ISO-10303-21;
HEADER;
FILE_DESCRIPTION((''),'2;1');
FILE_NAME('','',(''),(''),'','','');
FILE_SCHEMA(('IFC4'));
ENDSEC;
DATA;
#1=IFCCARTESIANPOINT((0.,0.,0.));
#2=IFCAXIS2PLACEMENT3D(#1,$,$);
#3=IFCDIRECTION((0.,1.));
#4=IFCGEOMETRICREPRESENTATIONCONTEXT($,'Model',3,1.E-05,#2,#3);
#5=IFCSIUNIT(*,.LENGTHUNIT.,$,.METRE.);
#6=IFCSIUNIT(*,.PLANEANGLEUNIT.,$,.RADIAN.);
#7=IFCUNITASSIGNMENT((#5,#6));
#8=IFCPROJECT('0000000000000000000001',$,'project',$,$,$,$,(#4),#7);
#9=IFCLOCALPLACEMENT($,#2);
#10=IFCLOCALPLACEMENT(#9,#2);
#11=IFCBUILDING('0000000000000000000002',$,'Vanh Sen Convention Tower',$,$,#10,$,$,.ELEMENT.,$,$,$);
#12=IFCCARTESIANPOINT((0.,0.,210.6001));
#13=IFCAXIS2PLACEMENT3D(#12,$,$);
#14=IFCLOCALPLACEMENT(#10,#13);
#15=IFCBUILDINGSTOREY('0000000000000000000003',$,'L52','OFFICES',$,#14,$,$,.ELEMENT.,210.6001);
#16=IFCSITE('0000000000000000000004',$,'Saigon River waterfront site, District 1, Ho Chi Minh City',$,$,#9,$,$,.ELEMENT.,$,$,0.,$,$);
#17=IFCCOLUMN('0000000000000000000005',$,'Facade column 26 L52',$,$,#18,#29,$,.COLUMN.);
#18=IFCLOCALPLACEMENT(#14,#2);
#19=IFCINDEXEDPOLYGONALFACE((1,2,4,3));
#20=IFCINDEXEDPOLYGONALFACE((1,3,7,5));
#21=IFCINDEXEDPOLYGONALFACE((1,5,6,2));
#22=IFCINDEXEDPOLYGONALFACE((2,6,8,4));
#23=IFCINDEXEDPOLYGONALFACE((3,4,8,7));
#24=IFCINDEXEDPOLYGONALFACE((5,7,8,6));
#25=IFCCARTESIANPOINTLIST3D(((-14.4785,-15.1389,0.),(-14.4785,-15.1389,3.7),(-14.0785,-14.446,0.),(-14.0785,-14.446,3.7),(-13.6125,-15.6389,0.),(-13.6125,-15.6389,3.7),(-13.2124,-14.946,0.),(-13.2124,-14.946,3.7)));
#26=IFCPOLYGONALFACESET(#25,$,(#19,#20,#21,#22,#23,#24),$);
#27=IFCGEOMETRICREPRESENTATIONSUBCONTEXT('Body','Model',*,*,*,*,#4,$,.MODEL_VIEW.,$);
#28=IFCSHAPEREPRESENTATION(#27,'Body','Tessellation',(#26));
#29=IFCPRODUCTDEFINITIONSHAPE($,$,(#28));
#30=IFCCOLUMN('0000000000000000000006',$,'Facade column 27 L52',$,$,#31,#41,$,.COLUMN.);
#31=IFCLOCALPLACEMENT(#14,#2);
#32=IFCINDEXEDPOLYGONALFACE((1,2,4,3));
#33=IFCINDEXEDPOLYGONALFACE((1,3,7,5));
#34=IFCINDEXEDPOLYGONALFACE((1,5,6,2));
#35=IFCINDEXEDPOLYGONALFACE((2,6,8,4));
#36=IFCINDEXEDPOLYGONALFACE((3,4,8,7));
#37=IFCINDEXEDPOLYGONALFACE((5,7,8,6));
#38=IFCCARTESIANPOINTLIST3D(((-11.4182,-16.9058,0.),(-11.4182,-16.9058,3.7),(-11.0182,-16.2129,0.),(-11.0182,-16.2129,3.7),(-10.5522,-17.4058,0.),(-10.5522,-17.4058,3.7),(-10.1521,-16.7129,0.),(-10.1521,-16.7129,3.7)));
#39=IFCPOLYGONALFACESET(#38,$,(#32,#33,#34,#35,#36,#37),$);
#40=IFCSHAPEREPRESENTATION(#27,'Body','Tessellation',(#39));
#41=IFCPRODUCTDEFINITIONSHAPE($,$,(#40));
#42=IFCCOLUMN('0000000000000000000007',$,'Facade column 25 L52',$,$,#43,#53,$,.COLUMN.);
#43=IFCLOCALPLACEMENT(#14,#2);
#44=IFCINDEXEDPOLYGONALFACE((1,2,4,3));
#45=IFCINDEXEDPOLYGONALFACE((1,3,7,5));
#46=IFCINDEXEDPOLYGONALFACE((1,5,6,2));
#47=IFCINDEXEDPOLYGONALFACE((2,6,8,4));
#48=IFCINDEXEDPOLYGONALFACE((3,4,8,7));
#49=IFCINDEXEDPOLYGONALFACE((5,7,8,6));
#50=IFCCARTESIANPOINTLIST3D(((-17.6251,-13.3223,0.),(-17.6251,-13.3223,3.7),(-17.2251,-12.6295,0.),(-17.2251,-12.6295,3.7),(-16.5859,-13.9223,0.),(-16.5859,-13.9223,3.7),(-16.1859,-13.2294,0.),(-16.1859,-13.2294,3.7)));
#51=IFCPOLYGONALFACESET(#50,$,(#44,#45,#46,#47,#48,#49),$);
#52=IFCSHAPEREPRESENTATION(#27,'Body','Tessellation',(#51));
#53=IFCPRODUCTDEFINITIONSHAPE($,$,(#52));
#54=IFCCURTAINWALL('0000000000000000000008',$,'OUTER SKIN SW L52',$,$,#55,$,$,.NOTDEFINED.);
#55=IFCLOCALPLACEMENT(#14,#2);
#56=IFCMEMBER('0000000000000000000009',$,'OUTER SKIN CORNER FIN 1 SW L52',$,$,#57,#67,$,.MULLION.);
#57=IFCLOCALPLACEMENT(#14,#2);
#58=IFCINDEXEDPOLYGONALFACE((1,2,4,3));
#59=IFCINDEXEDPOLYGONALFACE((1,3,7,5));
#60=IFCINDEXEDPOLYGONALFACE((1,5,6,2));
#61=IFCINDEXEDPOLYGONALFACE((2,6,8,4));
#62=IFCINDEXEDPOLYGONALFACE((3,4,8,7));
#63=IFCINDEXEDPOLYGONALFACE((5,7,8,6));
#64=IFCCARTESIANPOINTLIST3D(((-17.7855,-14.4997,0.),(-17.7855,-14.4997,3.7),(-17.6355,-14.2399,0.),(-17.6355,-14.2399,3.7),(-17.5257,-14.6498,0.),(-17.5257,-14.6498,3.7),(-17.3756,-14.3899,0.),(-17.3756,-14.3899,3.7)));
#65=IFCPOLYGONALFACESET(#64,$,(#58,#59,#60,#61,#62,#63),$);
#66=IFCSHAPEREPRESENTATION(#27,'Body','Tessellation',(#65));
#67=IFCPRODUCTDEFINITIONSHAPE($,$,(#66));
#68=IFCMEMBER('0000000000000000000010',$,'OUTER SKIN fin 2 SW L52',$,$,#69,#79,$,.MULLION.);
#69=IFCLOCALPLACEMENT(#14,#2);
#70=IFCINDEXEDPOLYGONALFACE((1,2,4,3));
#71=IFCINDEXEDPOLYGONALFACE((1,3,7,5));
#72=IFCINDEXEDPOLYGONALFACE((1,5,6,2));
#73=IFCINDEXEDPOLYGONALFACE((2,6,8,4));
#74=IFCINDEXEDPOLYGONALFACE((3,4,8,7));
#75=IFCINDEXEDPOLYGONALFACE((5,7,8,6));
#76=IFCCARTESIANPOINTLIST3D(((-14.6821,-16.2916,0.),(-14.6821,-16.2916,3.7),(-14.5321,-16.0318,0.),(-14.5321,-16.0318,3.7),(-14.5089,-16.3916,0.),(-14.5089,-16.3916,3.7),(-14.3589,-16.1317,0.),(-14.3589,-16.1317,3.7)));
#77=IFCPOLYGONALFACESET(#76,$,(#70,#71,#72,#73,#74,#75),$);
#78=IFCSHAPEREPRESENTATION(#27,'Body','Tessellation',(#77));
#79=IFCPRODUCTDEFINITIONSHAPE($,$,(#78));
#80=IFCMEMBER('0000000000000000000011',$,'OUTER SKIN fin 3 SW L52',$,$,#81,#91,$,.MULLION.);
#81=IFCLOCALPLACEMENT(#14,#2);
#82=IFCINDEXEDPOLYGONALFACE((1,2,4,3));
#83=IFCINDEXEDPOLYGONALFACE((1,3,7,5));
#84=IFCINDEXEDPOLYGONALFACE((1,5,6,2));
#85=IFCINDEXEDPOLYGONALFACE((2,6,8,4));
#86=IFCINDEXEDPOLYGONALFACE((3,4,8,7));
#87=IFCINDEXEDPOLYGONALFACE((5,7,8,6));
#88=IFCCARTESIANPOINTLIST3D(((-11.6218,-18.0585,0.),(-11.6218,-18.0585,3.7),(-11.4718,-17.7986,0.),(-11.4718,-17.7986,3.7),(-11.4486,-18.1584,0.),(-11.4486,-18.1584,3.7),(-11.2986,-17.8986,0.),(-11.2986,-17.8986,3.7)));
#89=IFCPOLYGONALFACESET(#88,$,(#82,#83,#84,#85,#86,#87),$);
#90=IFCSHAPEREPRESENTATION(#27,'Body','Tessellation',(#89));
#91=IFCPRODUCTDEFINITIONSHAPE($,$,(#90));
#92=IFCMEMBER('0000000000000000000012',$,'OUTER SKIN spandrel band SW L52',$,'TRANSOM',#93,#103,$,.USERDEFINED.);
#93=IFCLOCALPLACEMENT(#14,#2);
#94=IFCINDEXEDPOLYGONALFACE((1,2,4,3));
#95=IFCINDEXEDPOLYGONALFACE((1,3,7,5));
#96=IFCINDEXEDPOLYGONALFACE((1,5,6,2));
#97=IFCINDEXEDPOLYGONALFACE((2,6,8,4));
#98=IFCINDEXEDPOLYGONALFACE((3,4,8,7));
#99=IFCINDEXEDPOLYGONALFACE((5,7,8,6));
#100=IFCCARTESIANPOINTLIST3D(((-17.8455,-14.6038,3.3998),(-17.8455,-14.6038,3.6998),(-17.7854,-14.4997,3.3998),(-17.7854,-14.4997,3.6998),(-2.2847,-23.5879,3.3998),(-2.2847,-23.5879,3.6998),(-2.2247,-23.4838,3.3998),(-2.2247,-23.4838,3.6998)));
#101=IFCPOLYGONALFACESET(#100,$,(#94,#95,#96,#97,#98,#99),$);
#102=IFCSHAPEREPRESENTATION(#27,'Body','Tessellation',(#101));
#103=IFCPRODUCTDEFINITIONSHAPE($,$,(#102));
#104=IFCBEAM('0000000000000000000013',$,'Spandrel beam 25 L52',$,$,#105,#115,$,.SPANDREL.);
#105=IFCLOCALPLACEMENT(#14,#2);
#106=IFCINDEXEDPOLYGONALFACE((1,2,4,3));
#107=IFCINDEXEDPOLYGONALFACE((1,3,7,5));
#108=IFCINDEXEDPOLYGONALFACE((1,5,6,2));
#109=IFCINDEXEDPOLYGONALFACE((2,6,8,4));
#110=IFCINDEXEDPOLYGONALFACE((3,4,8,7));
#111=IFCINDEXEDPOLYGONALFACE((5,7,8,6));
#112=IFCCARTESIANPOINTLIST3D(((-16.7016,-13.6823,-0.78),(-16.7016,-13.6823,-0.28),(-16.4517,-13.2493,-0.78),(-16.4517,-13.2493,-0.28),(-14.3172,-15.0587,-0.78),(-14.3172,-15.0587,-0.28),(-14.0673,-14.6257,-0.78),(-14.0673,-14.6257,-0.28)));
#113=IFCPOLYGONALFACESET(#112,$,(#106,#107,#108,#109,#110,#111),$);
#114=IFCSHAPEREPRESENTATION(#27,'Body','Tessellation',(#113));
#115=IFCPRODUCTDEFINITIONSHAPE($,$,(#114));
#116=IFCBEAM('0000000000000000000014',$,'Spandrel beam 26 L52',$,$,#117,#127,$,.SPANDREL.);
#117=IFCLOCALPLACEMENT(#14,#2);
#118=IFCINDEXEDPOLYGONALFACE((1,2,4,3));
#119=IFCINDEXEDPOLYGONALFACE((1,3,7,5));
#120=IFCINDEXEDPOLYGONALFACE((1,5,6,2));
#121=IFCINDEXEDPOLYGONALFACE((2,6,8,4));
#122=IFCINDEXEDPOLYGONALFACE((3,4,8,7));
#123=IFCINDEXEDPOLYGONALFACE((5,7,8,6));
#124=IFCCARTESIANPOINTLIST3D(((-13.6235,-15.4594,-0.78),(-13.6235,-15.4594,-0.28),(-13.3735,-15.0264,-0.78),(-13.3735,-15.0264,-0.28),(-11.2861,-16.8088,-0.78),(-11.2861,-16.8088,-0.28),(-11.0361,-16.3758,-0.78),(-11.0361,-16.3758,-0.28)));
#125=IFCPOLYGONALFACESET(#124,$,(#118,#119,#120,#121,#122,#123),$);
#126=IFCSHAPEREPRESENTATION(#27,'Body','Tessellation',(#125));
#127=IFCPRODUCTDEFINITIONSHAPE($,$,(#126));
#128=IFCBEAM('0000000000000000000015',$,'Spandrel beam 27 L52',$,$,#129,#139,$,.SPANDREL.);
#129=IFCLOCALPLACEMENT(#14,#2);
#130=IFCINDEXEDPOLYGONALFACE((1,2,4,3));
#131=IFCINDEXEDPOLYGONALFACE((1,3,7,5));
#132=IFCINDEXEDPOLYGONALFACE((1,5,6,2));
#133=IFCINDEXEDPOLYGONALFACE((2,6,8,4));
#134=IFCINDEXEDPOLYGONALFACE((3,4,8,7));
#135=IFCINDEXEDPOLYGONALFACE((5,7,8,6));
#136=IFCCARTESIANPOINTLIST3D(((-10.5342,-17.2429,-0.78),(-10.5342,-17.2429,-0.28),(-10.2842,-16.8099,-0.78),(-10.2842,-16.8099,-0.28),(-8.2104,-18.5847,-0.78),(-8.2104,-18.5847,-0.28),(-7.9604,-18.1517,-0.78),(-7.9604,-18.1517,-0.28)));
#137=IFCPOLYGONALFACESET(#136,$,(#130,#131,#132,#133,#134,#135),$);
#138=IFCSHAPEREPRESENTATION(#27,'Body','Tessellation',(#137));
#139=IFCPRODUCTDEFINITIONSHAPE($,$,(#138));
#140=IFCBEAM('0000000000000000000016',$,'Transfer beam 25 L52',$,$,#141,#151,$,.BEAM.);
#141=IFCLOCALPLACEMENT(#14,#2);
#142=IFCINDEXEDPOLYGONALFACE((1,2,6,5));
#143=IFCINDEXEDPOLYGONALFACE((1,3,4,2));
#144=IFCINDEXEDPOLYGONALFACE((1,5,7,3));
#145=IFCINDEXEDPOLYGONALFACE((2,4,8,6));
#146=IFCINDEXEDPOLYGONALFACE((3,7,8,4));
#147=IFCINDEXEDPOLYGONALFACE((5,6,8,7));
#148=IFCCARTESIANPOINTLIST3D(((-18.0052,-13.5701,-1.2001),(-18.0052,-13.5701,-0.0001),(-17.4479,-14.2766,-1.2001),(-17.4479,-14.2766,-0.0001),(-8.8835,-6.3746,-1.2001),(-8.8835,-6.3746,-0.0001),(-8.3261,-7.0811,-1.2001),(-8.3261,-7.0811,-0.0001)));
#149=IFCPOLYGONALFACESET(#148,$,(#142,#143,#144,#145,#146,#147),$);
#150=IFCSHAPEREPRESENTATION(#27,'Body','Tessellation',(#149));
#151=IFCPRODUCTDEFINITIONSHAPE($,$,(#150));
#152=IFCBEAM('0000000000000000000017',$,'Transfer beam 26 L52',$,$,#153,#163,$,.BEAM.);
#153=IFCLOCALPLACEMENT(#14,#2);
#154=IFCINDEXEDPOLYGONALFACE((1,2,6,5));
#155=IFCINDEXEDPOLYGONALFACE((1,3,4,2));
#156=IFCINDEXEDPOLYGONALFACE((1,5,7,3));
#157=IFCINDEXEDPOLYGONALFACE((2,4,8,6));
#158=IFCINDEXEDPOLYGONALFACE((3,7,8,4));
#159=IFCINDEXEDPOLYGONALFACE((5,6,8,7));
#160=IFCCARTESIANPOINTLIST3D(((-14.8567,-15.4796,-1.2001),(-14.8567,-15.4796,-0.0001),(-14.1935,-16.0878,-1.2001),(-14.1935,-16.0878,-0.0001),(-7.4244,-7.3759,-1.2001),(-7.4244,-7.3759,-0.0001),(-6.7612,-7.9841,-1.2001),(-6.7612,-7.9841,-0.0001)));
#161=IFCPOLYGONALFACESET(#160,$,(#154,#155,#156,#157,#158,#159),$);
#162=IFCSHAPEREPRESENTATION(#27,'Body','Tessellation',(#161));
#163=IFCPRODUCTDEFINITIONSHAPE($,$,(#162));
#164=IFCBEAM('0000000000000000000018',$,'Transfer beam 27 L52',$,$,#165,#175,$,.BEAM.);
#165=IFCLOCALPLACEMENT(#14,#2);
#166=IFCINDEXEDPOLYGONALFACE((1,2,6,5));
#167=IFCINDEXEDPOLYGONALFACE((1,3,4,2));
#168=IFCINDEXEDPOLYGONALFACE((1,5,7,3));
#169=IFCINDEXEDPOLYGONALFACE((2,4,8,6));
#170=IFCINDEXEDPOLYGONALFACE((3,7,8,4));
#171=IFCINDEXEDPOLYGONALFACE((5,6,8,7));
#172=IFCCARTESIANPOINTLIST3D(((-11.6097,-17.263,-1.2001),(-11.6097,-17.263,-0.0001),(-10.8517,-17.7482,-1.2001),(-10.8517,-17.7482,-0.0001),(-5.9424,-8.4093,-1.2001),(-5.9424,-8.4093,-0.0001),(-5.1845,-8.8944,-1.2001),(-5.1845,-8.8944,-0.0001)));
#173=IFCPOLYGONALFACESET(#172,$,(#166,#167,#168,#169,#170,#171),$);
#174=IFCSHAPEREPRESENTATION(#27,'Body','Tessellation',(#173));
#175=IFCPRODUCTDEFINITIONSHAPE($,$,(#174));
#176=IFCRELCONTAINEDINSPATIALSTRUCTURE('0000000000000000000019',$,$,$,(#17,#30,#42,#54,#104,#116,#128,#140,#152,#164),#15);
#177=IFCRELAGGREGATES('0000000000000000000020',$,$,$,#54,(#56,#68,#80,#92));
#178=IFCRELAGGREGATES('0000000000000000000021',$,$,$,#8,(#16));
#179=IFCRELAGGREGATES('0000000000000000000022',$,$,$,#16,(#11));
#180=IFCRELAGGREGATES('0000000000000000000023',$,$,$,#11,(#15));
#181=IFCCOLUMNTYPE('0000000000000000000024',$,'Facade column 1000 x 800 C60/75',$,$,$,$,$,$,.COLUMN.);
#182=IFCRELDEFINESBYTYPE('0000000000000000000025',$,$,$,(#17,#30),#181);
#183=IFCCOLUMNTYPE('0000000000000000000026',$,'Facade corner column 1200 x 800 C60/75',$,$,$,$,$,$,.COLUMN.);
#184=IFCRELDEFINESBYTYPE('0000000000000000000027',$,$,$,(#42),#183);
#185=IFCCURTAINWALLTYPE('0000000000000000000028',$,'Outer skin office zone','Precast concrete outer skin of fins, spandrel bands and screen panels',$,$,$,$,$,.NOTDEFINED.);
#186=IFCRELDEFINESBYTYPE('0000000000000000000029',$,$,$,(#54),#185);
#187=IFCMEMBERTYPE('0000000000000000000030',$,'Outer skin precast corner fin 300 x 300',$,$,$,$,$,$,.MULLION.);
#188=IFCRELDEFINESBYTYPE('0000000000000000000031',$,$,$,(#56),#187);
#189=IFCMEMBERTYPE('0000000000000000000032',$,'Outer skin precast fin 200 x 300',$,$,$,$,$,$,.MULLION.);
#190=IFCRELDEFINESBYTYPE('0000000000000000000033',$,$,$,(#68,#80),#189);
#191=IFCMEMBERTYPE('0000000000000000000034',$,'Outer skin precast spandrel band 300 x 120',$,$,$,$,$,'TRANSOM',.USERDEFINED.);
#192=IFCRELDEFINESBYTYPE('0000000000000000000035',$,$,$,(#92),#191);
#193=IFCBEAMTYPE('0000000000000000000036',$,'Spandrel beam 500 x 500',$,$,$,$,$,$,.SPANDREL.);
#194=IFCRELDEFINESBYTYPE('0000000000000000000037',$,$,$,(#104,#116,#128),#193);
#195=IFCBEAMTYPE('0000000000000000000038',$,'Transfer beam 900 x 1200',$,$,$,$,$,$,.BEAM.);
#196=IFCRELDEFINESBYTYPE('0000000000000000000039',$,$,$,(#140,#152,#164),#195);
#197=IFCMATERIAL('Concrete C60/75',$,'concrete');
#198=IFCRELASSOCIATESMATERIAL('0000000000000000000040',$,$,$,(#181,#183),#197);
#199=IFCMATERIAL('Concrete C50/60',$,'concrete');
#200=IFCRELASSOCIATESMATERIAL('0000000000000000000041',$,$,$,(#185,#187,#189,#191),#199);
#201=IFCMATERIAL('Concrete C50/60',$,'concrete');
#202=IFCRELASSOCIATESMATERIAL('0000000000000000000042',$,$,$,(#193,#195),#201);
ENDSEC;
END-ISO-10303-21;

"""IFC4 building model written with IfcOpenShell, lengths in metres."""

from ifc_helpers import new_model, si_unit, direction, frame, origin, origin_2d, place, context, subcontext, project, spatial, rectangle, extrude, material, material_profile, profile_set, type_object, element, aggregate, save


model = new_model("IFC4")

# Units and contexts
model_context = context("Model", 3, precision=1e-05, world=origin(), true_north=direction((0.0, 1.0)))
body_context = subcontext(model_context, "Body", "Model", "MODEL_VIEW")
ifc_project = project(units=[si_unit("LENGTHUNIT", "METRE"), si_unit("PLANEANGLEUNIT", "RADIAN")], contexts=[model_context])

# Site, building, storey
site_placement = place(None, origin())
site = spatial("IfcSite", under=ifc_project, at=site_placement, Name="Saigon River waterfront site, District 1, Ho Chi Minh City", CompositionType="ELEMENT", RefElevation=0.0)
building_placement = place(site_placement, origin())
building = spatial("IfcBuilding", under=site, at=building_placement, Name="Vanh Sen Convention Tower", CompositionType="ELEMENT")
storey_placement = place(building_placement, frame((0.0, 0.0, 210.6001)))
storey = spatial("IfcBuildingStorey", under=building, at=storey_placement, Name="L52", Description="OFFICES", CompositionType="ELEMENT", Elevation=210.6001)

# Columns
ifc_material_1 = material(Name="Concrete C60/75", Category="concrete")
ifc_material_profile_1 = material_profile(ifc_material_1, rectangle(XDim=1.0, YDim=0.8, at=origin_2d()), Name="RC 1000X800")
ifc_profile_set_1 = profile_set([ifc_material_profile_1], Name="Concrete C60/75")
column_type_1 = type_object("IfcColumnType", Name="Facade column 1000 x 800 C60/75", PredefinedType="COLUMN", material=ifc_profile_set_1)
for number, where, z_axis, x_axis, name in (
    (1, (-13.8455, -15.0425, 0.0), (0.0, 0.0, 1.0), (0.866025, -0.5, 0.0), "Facade column 26 L52"),
    (2, (-10.7852, -16.8093, 0.0), (0.0, 0.0, 1.0), (0.866025, -0.5, 0.0), "Facade column 27 L52"),
):
    element("IfcColumn", number, at=place(storey_placement, frame(where, z_axis=z_axis, x_axis=x_axis)), inside=storey, type_object=column_type_1, Name=name, PredefinedType="COLUMN", context=body_context, shape_type="SweptSolid", body=[
        extrude(rectangle(XDim=1.0, YDim=0.8, at=origin_2d()), origin(), (0.0, 0.0, 1.0), 3.7),
    ])
ifc_material_profile_2 = material_profile(ifc_material_1, rectangle(XDim=1.2, YDim=0.8, at=origin_2d()), Name="RC 1200X800")
ifc_profile_set_2 = profile_set([ifc_material_profile_2], Name="Concrete C60/75")
column_type_2 = type_object("IfcColumnType", Name="Facade corner column 1200 x 800 C60/75", PredefinedType="COLUMN", material=ifc_profile_set_2)
column_placement = place(storey_placement, frame((-16.9055, -13.2759, 0.0), z_axis=(0.0, 0.0, 1.0), x_axis=(0.866025, -0.5, 0.0)))
element("IfcColumn", 3, at=column_placement, inside=storey, type_object=column_type_2, Name="Facade column 25 L52", PredefinedType="COLUMN", context=body_context, shape_type="SweptSolid", body=[
    extrude(rectangle(XDim=1.2, YDim=0.8, at=origin_2d()), origin(), (0.0, 0.0, 1.0), 3.7),
])

# Curtain wall, members
ifc_material_2 = material(Name="Concrete C50/60", Category="concrete")
curtain_wall_type = type_object("IfcCurtainWallType", Name="Outer skin office zone", Description="Precast concrete outer skin of fins, spandrel bands and screen panels", PredefinedType="NOTDEFINED", material=ifc_material_2)
curtain_wall_placement = place(storey_placement, origin())
curtain_wall = element("IfcCurtainWall", 4, at=curtain_wall_placement, inside=storey, type_object=curtain_wall_type, Name="OUTER SKIN SW L52", PredefinedType="NOTDEFINED")
ifc_material_profile_3 = material_profile(ifc_material_2, rectangle(XDim=0.3, YDim=0.3, at=origin_2d()), Name="Outer skin precast corner fin 300 x 300")
ifc_profile_set_3 = profile_set([ifc_material_profile_3], Name="Concrete C50/60")
member_type_1 = type_object("IfcMemberType", Name="Outer skin precast corner fin 300 x 300", PredefinedType="MULLION", material=ifc_profile_set_3)
member_1_placement = place(storey_placement, frame((-17.5806, -14.4448, 0.0), z_axis=(0.0, 0.0, 1.0), x_axis=(0.866025, -0.5, 0.0)))
member_1 = element("IfcMember", 5, at=member_1_placement, type_object=member_type_1, Name="OUTER SKIN CORNER FIN 1 SW L52", PredefinedType="MULLION", context=body_context, shape_type="SweptSolid", body=[
    extrude(rectangle(XDim=0.3, YDim=0.3, at=origin_2d()), origin(), (0.0, 0.0, 1.0), 3.7),
])
ifc_material_profile_4 = material_profile(ifc_material_2, rectangle(XDim=0.2, YDim=0.3, at=origin_2d()), Name="Outer skin precast fin 200 x 300")
ifc_profile_set_4 = profile_set([ifc_material_profile_4], Name="Concrete C50/60")
member_type_2 = type_object("IfcMemberType", Name="Outer skin precast fin 200 x 300", PredefinedType="MULLION", material=ifc_profile_set_4)
member_2_placement = place(storey_placement, frame((-14.5205, -16.2117, 0.0), z_axis=(0.0, 0.0, 1.0), x_axis=(0.866025, -0.5, 0.0)))
member_2 = element("IfcMember", 6, at=member_2_placement, type_object=member_type_2, Name="OUTER SKIN fin 2 SW L52", PredefinedType="MULLION", context=body_context, shape_type="SweptSolid", body=[
    extrude(rectangle(XDim=0.2, YDim=0.3, at=origin_2d()), origin(), (0.0, 0.0, 1.0), 3.7),
])
member_3_placement = place(storey_placement, frame((-11.4602, -17.9785, 0.0), z_axis=(0.0, 0.0, 1.0), x_axis=(0.866025, -0.5, 0.0)))
member_3 = element("IfcMember", 7, at=member_3_placement, type_object=member_type_2, Name="OUTER SKIN fin 3 SW L52", PredefinedType="MULLION", context=body_context, shape_type="SweptSolid", body=[
    extrude(rectangle(XDim=0.2, YDim=0.3, at=origin_2d()), origin(), (0.0, 0.0, 1.0), 3.7),
])
ifc_material_profile_5 = material_profile(ifc_material_2, rectangle(XDim=0.1201, YDim=0.3, at=origin_2d()), Name="Outer skin precast spandrel band 300 x 120")
ifc_profile_set_5 = profile_set([ifc_material_profile_5], Name="Concrete C50/60")
member_type_3 = type_object("IfcMemberType", Name="Outer skin precast spandrel band 300 x 120", ElementType="TRANSOM", PredefinedType="USERDEFINED", material=ifc_profile_set_5)
member_4_placement = place(storey_placement, frame((-17.8154, -14.5518, 3.5498), z_axis=(0.866023, -0.500004, 0.0), x_axis=(0.500004, 0.866023, 0.0)))
member_4 = element("IfcMember", 8, at=member_4_placement, type_object=member_type_3, Name="OUTER SKIN spandrel band SW L52", ObjectType="TRANSOM", PredefinedType="USERDEFINED", context=body_context, shape_type="SweptSolid", body=[
    extrude(rectangle(XDim=0.1201, YDim=0.3, at=origin_2d()), origin(), (0.0, 0.0, 1.0), 17.968),
])

# Beams
ifc_material_3 = material(Name="Concrete C50/60", Category="concrete")
ifc_material_profile_6 = material_profile(ifc_material_3, rectangle(XDim=0.5, YDim=0.5, at=origin_2d()), Name="RC 500X500")
ifc_profile_set_6 = profile_set([ifc_material_profile_6], Name="Concrete C50/60")
beam_type_1 = type_object("IfcBeamType", Name="Spandrel beam 500 x 500", PredefinedType="SPANDREL", material=ifc_profile_set_6)
beam_1_placement = place(storey_placement, frame((-16.5767, -13.4658, -0.53), z_axis=(0.866063, -0.499935, 0.0), x_axis=(0.499935, 0.866063, 0.0)))
element("IfcBeam", 9, at=beam_1_placement, inside=storey, type_object=beam_type_1, Name="Spandrel beam 25 L52", PredefinedType="SPANDREL", context=body_context, shape_type="SweptSolid", body=[
    extrude(rectangle(XDim=0.5, YDim=0.5, at=origin_2d()), origin(), (0.0, 0.0, 1.0), 2.7532),
])
beam_2_placement = place(storey_placement, frame((-13.4985, -15.2429, -0.53), z_axis=(0.866047, -0.499963, 0.0), x_axis=(0.499963, 0.866047, 0.0)))
element("IfcBeam", 10, at=beam_2_placement, inside=storey, type_object=beam_type_1, Name="Spandrel beam 26 L52", PredefinedType="SPANDREL", context=body_context, shape_type="SweptSolid", body=[
    extrude(rectangle(XDim=0.5, YDim=0.5, at=origin_2d()), origin(), (0.0, 0.0, 1.0), 2.699),
])
beam_3_placement = place(storey_placement, frame((-10.4092, -17.0264, -0.53), z_axis=(0.865995, -0.500053, 0.0), x_axis=(0.500053, 0.865995, 0.0)))
element("IfcBeam", 11, at=beam_3_placement, inside=storey, type_object=beam_type_1, Name="Spandrel beam 27 L52", PredefinedType="SPANDREL", context=body_context, shape_type="SweptSolid", body=[
    extrude(rectangle(XDim=0.5, YDim=0.5, at=origin_2d()), origin(), (0.0, 0.0, 1.0), 2.6833),
])
ifc_material_profile_7 = material_profile(ifc_material_3, rectangle(XDim=0.8999, YDim=1.2, at=origin_2d()), Name="RC 900X1200")
ifc_profile_set_7 = profile_set([ifc_material_profile_7], Name="Concrete C50/60")
beam_type_2 = type_object("IfcBeamType", Name="Transfer beam 900 x 1200", PredefinedType="BEAM", material=ifc_profile_set_7)
beam_4_placement = place(storey_placement, frame((-17.7266, -13.9233, -0.6001), z_axis=(0.785129, 0.619332, 0.0), x_axis=(-0.619332, 0.785129, 0.0)))
element("IfcBeam", 12, at=beam_4_placement, inside=storey, type_object=beam_type_2, Name="Transfer beam 25 L52", PredefinedType="BEAM", context=body_context, shape_type="SweptSolid", body=[
    extrude(rectangle(XDim=0.8999, YDim=1.2, at=origin_2d()), origin(), (0.0, 0.0, 1.0), 11.6182),
])
beam_5_placement = place(storey_placement, frame((-14.5251, -15.7837, -0.6001), z_axis=(0.675919, 0.736976, 0.0), x_axis=(-0.736976, 0.675919, 0.0)))
element("IfcBeam", 13, at=beam_5_placement, inside=storey, type_object=beam_type_2, Name="Transfer beam 26 L52", PredefinedType="BEAM", context=body_context, shape_type="SweptSolid", body=[
    extrude(rectangle(XDim=0.8999, YDim=1.2, at=origin_2d()), origin(), (0.0, 0.0, 1.0), 10.9958),
])
beam_6_placement = place(storey_placement, frame((-11.2307, -17.5056, -0.6001), z_axis=(0.53911, 0.842236, 0.0), x_axis=(-0.842236, 0.53911, 0.0)))
element("IfcBeam", 14, at=beam_6_placement, inside=storey, type_object=beam_type_2, Name="Transfer beam 27 L52", PredefinedType="BEAM", context=body_context, shape_type="SweptSolid", body=[
    extrude(rectangle(XDim=0.8999, YDim=1.2, at=origin_2d()), origin(), (0.0, 0.0, 1.0), 10.5122),
])

aggregate(curtain_wall, [member_1, member_2, member_3, member_4])

save(model, "model.ifc")
